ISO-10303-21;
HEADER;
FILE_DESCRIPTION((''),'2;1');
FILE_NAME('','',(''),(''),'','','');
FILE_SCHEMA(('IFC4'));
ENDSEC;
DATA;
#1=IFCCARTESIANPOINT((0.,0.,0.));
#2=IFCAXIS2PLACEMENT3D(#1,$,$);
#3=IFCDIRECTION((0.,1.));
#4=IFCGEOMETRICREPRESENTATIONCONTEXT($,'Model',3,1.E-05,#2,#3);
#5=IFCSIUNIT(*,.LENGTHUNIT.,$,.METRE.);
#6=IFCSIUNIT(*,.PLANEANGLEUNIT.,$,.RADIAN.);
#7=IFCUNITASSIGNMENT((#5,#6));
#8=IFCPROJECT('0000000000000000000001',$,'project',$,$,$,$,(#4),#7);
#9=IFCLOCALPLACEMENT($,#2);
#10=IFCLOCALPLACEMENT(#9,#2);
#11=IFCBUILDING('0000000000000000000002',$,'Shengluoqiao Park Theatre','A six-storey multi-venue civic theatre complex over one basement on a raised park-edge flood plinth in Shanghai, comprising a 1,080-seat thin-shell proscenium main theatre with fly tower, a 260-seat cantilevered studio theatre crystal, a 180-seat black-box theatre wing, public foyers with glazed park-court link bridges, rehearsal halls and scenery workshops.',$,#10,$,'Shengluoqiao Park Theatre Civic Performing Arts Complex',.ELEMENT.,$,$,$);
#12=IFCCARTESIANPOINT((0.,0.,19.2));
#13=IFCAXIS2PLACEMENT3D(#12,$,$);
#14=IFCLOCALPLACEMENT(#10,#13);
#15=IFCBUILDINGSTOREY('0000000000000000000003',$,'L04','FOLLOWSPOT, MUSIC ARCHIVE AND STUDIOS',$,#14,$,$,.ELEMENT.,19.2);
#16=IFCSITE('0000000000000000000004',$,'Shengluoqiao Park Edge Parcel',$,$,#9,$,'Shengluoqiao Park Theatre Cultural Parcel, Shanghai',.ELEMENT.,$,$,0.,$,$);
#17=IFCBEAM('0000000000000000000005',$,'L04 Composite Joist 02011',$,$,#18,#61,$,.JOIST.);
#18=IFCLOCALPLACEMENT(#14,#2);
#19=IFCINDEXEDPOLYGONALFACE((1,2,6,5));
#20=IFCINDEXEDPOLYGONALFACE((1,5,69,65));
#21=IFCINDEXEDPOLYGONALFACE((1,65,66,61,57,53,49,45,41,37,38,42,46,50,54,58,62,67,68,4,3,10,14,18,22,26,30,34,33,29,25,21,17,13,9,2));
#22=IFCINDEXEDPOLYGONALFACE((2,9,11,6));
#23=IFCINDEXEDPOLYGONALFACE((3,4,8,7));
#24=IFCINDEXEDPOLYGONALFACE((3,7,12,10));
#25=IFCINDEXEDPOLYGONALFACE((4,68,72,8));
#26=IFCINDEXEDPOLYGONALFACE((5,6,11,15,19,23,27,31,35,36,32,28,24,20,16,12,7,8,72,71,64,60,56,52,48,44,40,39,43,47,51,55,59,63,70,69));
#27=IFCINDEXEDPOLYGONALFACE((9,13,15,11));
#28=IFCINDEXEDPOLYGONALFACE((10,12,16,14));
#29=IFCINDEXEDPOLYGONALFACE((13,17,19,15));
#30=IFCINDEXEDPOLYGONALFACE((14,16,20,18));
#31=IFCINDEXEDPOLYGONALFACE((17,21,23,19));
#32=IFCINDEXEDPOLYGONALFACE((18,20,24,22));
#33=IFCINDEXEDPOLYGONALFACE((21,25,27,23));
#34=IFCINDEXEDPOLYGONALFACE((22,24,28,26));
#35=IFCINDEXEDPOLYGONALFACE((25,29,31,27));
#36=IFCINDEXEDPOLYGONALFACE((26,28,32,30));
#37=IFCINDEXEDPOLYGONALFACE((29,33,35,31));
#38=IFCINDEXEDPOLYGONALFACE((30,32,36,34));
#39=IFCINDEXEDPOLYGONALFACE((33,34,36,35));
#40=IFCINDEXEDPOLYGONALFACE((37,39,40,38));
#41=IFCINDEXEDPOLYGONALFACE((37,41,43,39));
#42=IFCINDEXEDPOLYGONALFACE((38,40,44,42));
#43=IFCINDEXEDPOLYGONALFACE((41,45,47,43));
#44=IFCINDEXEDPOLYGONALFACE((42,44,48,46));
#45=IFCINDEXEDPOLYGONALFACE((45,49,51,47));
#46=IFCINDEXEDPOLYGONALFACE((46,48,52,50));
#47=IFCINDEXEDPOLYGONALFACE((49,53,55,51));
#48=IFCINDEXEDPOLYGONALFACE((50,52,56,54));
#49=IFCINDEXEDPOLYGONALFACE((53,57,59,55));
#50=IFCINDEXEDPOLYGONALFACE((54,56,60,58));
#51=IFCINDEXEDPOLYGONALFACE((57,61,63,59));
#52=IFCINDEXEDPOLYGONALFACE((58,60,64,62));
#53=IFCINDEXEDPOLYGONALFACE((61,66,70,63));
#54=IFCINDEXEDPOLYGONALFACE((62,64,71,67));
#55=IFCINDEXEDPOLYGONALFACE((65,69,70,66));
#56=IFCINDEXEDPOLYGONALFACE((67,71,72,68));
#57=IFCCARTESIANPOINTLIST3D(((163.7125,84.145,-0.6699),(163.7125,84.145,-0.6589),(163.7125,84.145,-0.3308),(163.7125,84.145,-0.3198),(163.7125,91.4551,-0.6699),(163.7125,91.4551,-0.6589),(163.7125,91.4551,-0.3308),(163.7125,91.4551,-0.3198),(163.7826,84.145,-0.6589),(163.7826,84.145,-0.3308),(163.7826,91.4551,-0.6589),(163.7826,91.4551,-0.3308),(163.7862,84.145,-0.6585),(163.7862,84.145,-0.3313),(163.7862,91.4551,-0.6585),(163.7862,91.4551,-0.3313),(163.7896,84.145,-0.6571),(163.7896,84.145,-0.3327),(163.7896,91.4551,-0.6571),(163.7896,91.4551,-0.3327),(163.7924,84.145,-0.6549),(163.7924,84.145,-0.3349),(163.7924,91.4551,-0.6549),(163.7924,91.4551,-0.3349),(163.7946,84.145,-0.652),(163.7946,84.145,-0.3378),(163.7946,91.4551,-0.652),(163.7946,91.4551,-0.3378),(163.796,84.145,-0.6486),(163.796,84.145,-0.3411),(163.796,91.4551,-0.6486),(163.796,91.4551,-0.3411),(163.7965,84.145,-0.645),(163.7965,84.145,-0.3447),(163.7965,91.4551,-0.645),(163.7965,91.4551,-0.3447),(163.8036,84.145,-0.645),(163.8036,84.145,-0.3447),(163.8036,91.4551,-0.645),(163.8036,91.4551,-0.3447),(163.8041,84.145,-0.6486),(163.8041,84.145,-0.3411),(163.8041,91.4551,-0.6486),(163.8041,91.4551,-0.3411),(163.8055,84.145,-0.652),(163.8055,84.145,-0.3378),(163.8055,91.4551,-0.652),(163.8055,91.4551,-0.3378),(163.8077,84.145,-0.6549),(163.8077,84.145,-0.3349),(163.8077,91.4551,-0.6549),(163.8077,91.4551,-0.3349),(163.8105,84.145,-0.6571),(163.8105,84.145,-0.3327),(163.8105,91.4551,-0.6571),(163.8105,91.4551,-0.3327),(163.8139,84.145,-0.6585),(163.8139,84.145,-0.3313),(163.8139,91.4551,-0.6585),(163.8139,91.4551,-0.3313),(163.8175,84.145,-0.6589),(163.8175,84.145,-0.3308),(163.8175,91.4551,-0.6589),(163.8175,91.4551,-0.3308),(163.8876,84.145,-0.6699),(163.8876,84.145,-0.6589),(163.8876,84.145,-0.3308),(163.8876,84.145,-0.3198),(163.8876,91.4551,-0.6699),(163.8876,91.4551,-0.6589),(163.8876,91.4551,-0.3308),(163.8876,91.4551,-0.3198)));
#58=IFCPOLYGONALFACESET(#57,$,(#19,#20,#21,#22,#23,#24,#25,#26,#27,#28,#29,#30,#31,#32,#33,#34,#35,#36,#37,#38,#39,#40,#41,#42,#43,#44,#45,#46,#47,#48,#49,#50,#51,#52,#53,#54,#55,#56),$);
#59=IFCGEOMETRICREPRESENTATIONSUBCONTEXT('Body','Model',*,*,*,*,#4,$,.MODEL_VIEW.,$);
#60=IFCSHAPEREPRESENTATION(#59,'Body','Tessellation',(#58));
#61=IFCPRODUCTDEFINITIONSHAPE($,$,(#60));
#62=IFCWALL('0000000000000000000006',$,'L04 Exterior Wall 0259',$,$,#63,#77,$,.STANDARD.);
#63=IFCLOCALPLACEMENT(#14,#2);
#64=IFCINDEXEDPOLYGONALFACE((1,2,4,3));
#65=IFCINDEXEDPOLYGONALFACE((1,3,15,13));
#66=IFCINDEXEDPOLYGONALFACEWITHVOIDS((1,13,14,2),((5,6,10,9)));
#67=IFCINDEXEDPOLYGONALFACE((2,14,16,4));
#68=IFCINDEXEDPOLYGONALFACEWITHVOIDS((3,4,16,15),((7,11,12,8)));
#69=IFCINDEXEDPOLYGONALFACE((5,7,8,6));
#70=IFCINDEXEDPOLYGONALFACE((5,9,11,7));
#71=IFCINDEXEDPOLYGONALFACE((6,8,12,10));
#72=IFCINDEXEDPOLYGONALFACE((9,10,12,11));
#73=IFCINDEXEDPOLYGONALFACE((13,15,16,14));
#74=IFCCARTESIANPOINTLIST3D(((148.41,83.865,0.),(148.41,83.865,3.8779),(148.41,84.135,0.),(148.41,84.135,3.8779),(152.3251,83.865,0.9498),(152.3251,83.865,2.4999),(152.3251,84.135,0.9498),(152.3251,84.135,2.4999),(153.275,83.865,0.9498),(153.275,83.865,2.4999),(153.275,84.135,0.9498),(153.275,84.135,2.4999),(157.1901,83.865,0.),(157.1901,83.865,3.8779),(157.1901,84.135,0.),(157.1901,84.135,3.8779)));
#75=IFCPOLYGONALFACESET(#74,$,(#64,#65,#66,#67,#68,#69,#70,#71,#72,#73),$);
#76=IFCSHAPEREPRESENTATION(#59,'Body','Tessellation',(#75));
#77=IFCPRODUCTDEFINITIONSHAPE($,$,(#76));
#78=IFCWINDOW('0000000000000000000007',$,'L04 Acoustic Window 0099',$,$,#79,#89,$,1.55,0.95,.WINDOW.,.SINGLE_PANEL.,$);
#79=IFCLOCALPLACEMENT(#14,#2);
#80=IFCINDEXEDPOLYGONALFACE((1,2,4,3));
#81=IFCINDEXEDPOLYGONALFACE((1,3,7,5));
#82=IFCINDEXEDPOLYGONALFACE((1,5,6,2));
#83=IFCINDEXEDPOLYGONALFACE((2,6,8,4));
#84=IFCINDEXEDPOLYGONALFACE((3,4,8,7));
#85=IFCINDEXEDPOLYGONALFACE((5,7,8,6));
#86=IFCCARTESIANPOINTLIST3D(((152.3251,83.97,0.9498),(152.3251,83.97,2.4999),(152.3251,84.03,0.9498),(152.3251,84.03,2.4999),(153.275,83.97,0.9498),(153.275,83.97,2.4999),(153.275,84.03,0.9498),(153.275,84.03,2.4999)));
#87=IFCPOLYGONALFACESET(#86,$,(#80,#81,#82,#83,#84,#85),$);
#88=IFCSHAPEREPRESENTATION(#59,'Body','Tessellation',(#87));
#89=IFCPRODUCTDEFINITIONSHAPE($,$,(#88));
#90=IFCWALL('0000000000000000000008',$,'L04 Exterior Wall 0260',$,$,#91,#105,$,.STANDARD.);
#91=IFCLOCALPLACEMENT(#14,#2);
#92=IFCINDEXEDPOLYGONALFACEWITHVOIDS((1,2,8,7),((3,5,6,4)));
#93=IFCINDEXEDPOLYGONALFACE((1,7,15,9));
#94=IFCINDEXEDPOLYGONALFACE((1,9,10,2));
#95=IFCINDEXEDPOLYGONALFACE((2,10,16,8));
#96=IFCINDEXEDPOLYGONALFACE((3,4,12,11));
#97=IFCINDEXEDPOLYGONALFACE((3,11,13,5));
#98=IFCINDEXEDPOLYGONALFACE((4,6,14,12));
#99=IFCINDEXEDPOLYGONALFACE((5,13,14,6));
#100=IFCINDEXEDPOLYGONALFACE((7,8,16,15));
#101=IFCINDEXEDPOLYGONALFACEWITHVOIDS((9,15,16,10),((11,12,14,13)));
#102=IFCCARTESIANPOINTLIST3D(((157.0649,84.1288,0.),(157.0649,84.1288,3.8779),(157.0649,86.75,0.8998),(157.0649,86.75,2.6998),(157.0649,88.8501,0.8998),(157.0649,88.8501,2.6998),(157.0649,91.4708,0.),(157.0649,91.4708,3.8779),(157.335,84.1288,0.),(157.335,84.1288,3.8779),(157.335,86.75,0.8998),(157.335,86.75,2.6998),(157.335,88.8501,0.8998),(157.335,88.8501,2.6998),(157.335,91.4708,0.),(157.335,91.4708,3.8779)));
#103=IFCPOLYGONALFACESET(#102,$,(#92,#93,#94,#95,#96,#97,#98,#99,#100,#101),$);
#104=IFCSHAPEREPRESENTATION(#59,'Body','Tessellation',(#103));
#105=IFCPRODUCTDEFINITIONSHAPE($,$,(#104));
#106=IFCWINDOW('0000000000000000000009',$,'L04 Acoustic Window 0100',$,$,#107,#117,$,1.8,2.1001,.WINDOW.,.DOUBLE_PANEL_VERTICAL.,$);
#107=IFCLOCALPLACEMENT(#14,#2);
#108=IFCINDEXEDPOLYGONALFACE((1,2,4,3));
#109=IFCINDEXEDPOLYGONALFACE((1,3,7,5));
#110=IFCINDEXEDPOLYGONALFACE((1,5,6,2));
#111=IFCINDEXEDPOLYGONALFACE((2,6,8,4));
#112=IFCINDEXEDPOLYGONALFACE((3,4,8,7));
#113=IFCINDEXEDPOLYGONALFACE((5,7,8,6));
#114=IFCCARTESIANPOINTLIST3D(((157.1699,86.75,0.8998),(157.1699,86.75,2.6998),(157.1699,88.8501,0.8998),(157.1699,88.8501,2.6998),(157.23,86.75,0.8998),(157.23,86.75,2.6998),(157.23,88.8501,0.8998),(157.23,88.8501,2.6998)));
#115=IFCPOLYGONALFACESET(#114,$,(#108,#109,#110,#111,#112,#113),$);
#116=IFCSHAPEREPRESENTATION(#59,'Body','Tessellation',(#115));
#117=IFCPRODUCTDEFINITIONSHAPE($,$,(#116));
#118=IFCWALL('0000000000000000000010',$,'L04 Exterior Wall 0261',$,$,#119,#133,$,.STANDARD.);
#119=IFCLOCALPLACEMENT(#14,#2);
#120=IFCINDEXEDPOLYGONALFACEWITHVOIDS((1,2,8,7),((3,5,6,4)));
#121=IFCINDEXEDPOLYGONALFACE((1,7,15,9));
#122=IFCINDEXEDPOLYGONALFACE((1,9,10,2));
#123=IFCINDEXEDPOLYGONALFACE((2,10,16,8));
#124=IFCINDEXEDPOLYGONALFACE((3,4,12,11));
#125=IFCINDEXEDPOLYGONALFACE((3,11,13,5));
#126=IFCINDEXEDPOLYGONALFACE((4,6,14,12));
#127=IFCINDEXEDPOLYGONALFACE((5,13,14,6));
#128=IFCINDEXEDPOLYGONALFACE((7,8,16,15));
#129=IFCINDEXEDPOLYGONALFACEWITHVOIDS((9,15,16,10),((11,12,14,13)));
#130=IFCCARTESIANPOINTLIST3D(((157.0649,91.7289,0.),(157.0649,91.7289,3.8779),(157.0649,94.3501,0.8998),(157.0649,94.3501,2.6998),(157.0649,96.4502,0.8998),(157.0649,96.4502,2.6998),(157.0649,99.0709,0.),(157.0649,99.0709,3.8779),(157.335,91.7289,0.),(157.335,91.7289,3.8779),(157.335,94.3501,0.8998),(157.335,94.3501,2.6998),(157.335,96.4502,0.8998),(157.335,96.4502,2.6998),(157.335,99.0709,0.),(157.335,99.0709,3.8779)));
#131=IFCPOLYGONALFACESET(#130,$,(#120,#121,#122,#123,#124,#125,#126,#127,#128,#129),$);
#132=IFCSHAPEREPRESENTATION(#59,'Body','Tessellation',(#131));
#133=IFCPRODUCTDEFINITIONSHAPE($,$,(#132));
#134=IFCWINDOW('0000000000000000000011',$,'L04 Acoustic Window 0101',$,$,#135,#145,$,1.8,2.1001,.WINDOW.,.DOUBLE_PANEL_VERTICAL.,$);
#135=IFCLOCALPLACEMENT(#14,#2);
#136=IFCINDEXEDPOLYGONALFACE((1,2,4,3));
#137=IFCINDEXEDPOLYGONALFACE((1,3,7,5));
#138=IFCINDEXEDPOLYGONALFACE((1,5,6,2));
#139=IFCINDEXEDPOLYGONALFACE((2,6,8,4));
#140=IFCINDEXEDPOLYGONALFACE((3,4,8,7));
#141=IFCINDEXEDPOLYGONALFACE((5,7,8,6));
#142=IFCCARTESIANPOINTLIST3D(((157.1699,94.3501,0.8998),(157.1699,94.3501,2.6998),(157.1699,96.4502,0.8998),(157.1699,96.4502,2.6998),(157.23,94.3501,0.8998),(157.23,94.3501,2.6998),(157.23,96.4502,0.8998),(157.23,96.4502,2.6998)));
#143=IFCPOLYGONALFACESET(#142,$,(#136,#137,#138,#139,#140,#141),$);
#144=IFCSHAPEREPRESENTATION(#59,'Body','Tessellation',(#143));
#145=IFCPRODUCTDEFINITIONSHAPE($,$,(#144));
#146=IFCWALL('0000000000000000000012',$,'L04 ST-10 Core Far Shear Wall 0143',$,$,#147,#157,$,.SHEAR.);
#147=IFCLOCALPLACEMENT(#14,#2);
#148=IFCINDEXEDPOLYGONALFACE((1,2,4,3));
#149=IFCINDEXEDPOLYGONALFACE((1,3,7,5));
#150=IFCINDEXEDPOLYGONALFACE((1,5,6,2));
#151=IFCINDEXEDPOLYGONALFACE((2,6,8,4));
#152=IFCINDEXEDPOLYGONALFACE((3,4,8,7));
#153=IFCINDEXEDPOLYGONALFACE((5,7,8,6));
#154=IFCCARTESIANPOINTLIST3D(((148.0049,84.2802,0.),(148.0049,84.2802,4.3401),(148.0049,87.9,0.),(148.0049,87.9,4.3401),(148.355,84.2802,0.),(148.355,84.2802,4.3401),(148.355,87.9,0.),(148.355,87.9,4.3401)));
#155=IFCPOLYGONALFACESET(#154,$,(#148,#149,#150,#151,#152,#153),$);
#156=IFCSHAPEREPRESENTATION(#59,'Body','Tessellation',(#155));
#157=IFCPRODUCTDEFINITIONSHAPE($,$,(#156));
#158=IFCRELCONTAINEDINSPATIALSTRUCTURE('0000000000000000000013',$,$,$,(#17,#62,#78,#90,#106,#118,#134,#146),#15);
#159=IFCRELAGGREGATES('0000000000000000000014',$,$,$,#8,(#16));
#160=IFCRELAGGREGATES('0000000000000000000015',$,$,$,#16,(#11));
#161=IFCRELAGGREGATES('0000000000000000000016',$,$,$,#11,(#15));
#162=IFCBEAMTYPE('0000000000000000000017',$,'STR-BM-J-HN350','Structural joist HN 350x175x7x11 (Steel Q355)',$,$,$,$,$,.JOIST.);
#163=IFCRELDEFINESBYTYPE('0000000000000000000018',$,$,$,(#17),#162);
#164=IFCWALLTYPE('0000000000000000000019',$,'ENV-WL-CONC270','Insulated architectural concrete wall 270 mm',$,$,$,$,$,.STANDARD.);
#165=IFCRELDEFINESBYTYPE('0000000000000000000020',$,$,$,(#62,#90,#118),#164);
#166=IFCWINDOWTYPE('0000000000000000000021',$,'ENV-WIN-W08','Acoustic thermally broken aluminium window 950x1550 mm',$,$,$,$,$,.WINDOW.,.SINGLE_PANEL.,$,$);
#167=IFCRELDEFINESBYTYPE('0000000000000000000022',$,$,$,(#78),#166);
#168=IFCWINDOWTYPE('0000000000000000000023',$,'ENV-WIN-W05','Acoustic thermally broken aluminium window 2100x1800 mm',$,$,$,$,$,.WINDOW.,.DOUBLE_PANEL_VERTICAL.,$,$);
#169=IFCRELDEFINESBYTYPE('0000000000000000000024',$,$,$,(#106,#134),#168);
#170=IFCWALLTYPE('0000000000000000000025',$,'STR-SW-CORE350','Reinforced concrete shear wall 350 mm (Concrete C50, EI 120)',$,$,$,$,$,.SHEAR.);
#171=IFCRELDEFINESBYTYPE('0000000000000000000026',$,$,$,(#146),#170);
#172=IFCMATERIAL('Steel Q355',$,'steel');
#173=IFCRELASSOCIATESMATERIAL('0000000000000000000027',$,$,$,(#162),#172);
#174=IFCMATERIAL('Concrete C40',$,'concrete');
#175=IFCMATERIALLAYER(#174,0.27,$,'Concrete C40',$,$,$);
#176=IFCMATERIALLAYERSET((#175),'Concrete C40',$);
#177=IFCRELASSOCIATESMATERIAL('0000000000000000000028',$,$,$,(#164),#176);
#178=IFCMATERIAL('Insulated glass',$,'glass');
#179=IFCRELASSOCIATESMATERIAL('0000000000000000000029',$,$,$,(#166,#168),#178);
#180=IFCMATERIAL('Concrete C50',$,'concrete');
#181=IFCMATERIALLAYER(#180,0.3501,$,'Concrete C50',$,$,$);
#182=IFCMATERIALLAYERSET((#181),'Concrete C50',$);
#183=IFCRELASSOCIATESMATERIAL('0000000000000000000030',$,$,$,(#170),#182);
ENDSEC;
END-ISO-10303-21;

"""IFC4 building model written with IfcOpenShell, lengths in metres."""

from ifc_helpers import new_model, si_unit, direction, frame, frame_2d, origin, origin_2d, place, context, subcontext, project, spatial, rectangle, i_section, extrude, material, layer, layer_set, material_profile, profile_set, type_object, element, fill, save


model = new_model("IFC4")

# Units and contexts
model_context = context("Model", 3, precision=1e-05, world=origin(), true_north=direction((0.0, 1.0)))
body_context = subcontext(model_context, "Body", "Model", "MODEL_VIEW")
ifc_project = project(units=[si_unit("LENGTHUNIT", "METRE"), si_unit("PLANEANGLEUNIT", "RADIAN")], contexts=[model_context])

# Site, building, storey
site_placement = place(None, origin())
site = spatial("IfcSite", under=ifc_project, at=site_placement, Name="Shengluoqiao Park Edge Parcel", LongName="Shengluoqiao Park Theatre Cultural Parcel, Shanghai", CompositionType="ELEMENT", RefElevation=0.0)
building_placement = place(site_placement, origin())
building = spatial("IfcBuilding", under=site, at=building_placement, Name="Shengluoqiao Park Theatre", Description="A six-storey multi-venue civic theatre complex over one basement on a raised park-edge flood plinth in Shanghai, comprising a 1,080-seat thin-shell proscenium main theatre with fly tower, a 260-seat cantilevered studio theatre crystal, a 180-seat black-box theatre wing, public foyers with glazed park-court link bridges, rehearsal halls and scenery workshops.", LongName="Shengluoqiao Park Theatre Civic Performing Arts Complex", CompositionType="ELEMENT")
storey_placement = place(building_placement, frame((0.0, 0.0, 19.2)))
storey = spatial("IfcBuildingStorey", under=building, at=storey_placement, Name="L04", Description="FOLLOWSPOT, MUSIC ARCHIVE AND STUDIOS", CompositionType="ELEMENT", Elevation=19.2)

# Shared definitions
ifc_material_1 = material(Name="Steel Q355", Category="steel")

# Beam
ifc_material_profile_1 = material_profile(ifc_material_1, i_section(OverallWidth=0.175, OverallDepth=0.3501, WebThickness=0.0071, FlangeThickness=0.011, FilletRadius=0.0139, at=origin_2d()), Name="HN 350x175x7x11")
ifc_profile_set_1 = profile_set([ifc_material_profile_1], Name="Steel Q355")
beam_type_1 = type_object("IfcBeamType", Name="STR-BM-J-HN350", Description="Structural joist HN 350x175x7x11 (Steel Q355)", PredefinedType="JOIST", material=ifc_profile_set_1)
for number, where, z_axis, x_axis, name in (
    (1, (163.8, 84.145, -0.4949), (0.0, 1.0, 0.0), (-1.0, 0.0, 0.0), "L04 Composite Joist 02011"),
):
    element("IfcBeam", number, at=place(storey_placement, frame(where, z_axis=z_axis, x_axis=x_axis)), inside=storey, type_object=beam_type_1, Name=name, PredefinedType="JOIST", context=body_context, shape_type="SweptSolid", body=[
        extrude(i_section(OverallWidth=0.175, OverallDepth=0.3501, WebThickness=0.0071, FlangeThickness=0.011, FilletRadius=0.0139, at=origin_2d()), origin(), (0.0, 0.0, 1.0), 7.3101),
    ])

# Walls, openings, windows
ifc_material_2 = material(Name="Concrete C40", Category="concrete")
ifc_layer_1 = layer(ifc_material_2, 0.27, Name="Concrete C40")
ifc_layer_set_1 = layer_set([ifc_layer_1], Name="Concrete C40")
wall_type_1 = type_object("IfcWallType", Name="ENV-WL-CONC270", Description="Insulated architectural concrete wall 270 mm", PredefinedType="STANDARD", material=ifc_layer_set_1)
wall_1_placement = place(storey_placement, frame((148.4099, 84.0, 0.0), z_axis=(0.0, 0.0, 1.0), x_axis=(1.0, 0.0, 0.0)))
wall_1 = element("IfcWall", 2, at=wall_1_placement, inside=storey, type_object=wall_type_1, Name="L04 Exterior Wall 0259", PredefinedType="STANDARD", context=body_context, shape_type="SweptSolid", body=[
    extrude(rectangle(XDim=8.78, YDim=0.27, at=frame_2d((4.3901, 0.0))), origin(), (0.0, 0.0, 1.0), 3.8779),
])
opening_1_placement = place(wall_1_placement, frame((3.915, 0.0, 0.95)))
opening_1 = element("IfcOpeningElement", 3, at=opening_1_placement, cuts=wall_1, PredefinedType="OPENING", context=body_context, shape_type="SweptSolid", body=[
    extrude(rectangle(XDim=0.95, YDim=1.55, at=frame_2d((0.4751, 0.7749))), frame((0.0, 0.145, 0.0), z_axis=(0.0, -1.0, 0.0), x_axis=(1.0, 0.0, 0.0)), (0.0, 0.0, 1.0), 0.29),
])
ifc_material_3 = material(Name="Insulated glass", Category="glass")
window_type_1 = type_object("IfcWindowType", Name="ENV-WIN-W08", Description="Acoustic thermally broken aluminium window 950x1550 mm", PartitioningType="SINGLE_PANEL", PredefinedType="WINDOW", material=ifc_material_3)
window_1_placement = place(opening_1_placement, origin())
window_1 = element("IfcWindow", 4, at=window_1_placement, inside=storey, type_object=window_type_1, Name="L04 Acoustic Window 0099", OverallHeight=1.55, OverallWidth=0.95, PartitioningType="SINGLE_PANEL", PredefinedType="WINDOW", context=body_context, shape_type="SweptSolid", body=[
    extrude(rectangle(XDim=0.95, YDim=1.55, at=frame_2d((0.4751, 0.7749))), frame((0.0, 0.03, 0.0), z_axis=(0.0, -1.0, 0.0), x_axis=(1.0, 0.0, 0.0)), (0.0, 0.0, 1.0), 0.0601),
])
fill(opening_1, window_1)
wall_2_placement = place(storey_placement, frame((157.2, 84.1289, 0.0), z_axis=(0.0, 0.0, 1.0), x_axis=(0.0, 1.0, 0.0)))
wall_2 = element("IfcWall", 5, at=wall_2_placement, inside=storey, type_object=wall_type_1, Name="L04 Exterior Wall 0260", PredefinedType="STANDARD", context=body_context, shape_type="SweptSolid", body=[
    extrude(rectangle(XDim=7.342, YDim=0.27, at=frame_2d((3.6709, 0.0))), origin(), (0.0, 0.0, 1.0), 3.8779),
])
opening_2_placement = place(wall_2_placement, frame((2.6211, 0.0, 0.8999)))
opening_2 = element("IfcOpeningElement", 6, at=opening_2_placement, cuts=wall_2, PredefinedType="OPENING", context=body_context, shape_type="SweptSolid", body=[
    extrude(rectangle(XDim=2.1001, YDim=1.8, at=frame_2d((1.05, 0.8999))), frame((0.0, 0.145, 0.0), z_axis=(0.0, -1.0, 0.0), x_axis=(1.0, 0.0, 0.0)), (0.0, 0.0, 1.0), 0.29),
])
window_type_2 = type_object("IfcWindowType", Name="ENV-WIN-W05", Description="Acoustic thermally broken aluminium window 2100x1800 mm", PartitioningType="DOUBLE_PANEL_VERTICAL", PredefinedType="WINDOW", material=ifc_material_3)
window_2_placement = place(opening_2_placement, origin())
window_2 = element("IfcWindow", 7, at=window_2_placement, inside=storey, type_object=window_type_2, Name="L04 Acoustic Window 0100", OverallHeight=1.8, OverallWidth=2.1001, PartitioningType="DOUBLE_PANEL_VERTICAL", PredefinedType="WINDOW", context=body_context, shape_type="SweptSolid", body=[
    extrude(rectangle(XDim=2.1001, YDim=1.8, at=frame_2d((1.05, 0.8999))), frame((0.0, 0.03, 0.0), z_axis=(0.0, -1.0, 0.0), x_axis=(1.0, 0.0, 0.0)), (0.0, 0.0, 1.0), 0.0601),
])
fill(opening_2, window_2)
wall_3_placement = place(storey_placement, frame((157.2, 91.729, 0.0), z_axis=(0.0, 0.0, 1.0), x_axis=(0.0, 1.0, 0.0)))
wall_3 = element("IfcWall", 8, at=wall_3_placement, inside=storey, type_object=wall_type_1, Name="L04 Exterior Wall 0261", PredefinedType="STANDARD", context=body_context, shape_type="SweptSolid", body=[
    extrude(rectangle(XDim=7.342, YDim=0.27, at=frame_2d((3.6709, 0.0))), origin(), (0.0, 0.0, 1.0), 3.8779),
])
opening_3_placement = place(wall_3_placement, frame((2.6211, 0.0, 0.8999)))
opening_3 = element("IfcOpeningElement", 9, at=opening_3_placement, cuts=wall_3, PredefinedType="OPENING", context=body_context, shape_type="SweptSolid", body=[
    extrude(rectangle(XDim=2.1001, YDim=1.8, at=frame_2d((1.05, 0.8999))), frame((0.0, 0.145, 0.0), z_axis=(0.0, -1.0, 0.0), x_axis=(1.0, 0.0, 0.0)), (0.0, 0.0, 1.0), 0.29),
])
window_3_placement = place(opening_3_placement, origin())
window_3 = element("IfcWindow", 10, at=window_3_placement, inside=storey, type_object=window_type_2, Name="L04 Acoustic Window 0101", OverallHeight=1.8, OverallWidth=2.1001, PartitioningType="DOUBLE_PANEL_VERTICAL", PredefinedType="WINDOW", context=body_context, shape_type="SweptSolid", body=[
    extrude(rectangle(XDim=2.1001, YDim=1.8, at=frame_2d((1.05, 0.8999))), frame((0.0, 0.03, 0.0), z_axis=(0.0, -1.0, 0.0), x_axis=(1.0, 0.0, 0.0)), (0.0, 0.0, 1.0), 0.0601),
])
fill(opening_3, window_3)

# Wall
ifc_material_4 = material(Name="Concrete C50", Category="concrete")
ifc_layer_2 = layer(ifc_material_4, 0.3501, Name="Concrete C50")
ifc_layer_set_2 = layer_set([ifc_layer_2], Name="Concrete C50")
wall_type_2 = type_object("IfcWallType", Name="STR-SW-CORE350", Description="Reinforced concrete shear wall 350 mm (Concrete C50, EI 120)", PredefinedType="SHEAR", material=ifc_layer_set_2)
wall_4_placement = place(storey_placement, frame((148.1799, 84.28, 0.0), z_axis=(0.0, 0.0, 1.0), x_axis=(0.0, 1.0, 0.0)))
element("IfcWall", 11, at=wall_4_placement, inside=storey, type_object=wall_type_2, Name="L04 ST-10 Core Far Shear Wall 0143", PredefinedType="SHEAR", context=body_context, shape_type="SweptSolid", body=[
    extrude(rectangle(XDim=3.6199, YDim=0.3501, at=frame_2d((1.8101, 0.0))), origin(), (0.0, 0.0, 1.0), 4.3401),
])

save(model, "model.ifc")
